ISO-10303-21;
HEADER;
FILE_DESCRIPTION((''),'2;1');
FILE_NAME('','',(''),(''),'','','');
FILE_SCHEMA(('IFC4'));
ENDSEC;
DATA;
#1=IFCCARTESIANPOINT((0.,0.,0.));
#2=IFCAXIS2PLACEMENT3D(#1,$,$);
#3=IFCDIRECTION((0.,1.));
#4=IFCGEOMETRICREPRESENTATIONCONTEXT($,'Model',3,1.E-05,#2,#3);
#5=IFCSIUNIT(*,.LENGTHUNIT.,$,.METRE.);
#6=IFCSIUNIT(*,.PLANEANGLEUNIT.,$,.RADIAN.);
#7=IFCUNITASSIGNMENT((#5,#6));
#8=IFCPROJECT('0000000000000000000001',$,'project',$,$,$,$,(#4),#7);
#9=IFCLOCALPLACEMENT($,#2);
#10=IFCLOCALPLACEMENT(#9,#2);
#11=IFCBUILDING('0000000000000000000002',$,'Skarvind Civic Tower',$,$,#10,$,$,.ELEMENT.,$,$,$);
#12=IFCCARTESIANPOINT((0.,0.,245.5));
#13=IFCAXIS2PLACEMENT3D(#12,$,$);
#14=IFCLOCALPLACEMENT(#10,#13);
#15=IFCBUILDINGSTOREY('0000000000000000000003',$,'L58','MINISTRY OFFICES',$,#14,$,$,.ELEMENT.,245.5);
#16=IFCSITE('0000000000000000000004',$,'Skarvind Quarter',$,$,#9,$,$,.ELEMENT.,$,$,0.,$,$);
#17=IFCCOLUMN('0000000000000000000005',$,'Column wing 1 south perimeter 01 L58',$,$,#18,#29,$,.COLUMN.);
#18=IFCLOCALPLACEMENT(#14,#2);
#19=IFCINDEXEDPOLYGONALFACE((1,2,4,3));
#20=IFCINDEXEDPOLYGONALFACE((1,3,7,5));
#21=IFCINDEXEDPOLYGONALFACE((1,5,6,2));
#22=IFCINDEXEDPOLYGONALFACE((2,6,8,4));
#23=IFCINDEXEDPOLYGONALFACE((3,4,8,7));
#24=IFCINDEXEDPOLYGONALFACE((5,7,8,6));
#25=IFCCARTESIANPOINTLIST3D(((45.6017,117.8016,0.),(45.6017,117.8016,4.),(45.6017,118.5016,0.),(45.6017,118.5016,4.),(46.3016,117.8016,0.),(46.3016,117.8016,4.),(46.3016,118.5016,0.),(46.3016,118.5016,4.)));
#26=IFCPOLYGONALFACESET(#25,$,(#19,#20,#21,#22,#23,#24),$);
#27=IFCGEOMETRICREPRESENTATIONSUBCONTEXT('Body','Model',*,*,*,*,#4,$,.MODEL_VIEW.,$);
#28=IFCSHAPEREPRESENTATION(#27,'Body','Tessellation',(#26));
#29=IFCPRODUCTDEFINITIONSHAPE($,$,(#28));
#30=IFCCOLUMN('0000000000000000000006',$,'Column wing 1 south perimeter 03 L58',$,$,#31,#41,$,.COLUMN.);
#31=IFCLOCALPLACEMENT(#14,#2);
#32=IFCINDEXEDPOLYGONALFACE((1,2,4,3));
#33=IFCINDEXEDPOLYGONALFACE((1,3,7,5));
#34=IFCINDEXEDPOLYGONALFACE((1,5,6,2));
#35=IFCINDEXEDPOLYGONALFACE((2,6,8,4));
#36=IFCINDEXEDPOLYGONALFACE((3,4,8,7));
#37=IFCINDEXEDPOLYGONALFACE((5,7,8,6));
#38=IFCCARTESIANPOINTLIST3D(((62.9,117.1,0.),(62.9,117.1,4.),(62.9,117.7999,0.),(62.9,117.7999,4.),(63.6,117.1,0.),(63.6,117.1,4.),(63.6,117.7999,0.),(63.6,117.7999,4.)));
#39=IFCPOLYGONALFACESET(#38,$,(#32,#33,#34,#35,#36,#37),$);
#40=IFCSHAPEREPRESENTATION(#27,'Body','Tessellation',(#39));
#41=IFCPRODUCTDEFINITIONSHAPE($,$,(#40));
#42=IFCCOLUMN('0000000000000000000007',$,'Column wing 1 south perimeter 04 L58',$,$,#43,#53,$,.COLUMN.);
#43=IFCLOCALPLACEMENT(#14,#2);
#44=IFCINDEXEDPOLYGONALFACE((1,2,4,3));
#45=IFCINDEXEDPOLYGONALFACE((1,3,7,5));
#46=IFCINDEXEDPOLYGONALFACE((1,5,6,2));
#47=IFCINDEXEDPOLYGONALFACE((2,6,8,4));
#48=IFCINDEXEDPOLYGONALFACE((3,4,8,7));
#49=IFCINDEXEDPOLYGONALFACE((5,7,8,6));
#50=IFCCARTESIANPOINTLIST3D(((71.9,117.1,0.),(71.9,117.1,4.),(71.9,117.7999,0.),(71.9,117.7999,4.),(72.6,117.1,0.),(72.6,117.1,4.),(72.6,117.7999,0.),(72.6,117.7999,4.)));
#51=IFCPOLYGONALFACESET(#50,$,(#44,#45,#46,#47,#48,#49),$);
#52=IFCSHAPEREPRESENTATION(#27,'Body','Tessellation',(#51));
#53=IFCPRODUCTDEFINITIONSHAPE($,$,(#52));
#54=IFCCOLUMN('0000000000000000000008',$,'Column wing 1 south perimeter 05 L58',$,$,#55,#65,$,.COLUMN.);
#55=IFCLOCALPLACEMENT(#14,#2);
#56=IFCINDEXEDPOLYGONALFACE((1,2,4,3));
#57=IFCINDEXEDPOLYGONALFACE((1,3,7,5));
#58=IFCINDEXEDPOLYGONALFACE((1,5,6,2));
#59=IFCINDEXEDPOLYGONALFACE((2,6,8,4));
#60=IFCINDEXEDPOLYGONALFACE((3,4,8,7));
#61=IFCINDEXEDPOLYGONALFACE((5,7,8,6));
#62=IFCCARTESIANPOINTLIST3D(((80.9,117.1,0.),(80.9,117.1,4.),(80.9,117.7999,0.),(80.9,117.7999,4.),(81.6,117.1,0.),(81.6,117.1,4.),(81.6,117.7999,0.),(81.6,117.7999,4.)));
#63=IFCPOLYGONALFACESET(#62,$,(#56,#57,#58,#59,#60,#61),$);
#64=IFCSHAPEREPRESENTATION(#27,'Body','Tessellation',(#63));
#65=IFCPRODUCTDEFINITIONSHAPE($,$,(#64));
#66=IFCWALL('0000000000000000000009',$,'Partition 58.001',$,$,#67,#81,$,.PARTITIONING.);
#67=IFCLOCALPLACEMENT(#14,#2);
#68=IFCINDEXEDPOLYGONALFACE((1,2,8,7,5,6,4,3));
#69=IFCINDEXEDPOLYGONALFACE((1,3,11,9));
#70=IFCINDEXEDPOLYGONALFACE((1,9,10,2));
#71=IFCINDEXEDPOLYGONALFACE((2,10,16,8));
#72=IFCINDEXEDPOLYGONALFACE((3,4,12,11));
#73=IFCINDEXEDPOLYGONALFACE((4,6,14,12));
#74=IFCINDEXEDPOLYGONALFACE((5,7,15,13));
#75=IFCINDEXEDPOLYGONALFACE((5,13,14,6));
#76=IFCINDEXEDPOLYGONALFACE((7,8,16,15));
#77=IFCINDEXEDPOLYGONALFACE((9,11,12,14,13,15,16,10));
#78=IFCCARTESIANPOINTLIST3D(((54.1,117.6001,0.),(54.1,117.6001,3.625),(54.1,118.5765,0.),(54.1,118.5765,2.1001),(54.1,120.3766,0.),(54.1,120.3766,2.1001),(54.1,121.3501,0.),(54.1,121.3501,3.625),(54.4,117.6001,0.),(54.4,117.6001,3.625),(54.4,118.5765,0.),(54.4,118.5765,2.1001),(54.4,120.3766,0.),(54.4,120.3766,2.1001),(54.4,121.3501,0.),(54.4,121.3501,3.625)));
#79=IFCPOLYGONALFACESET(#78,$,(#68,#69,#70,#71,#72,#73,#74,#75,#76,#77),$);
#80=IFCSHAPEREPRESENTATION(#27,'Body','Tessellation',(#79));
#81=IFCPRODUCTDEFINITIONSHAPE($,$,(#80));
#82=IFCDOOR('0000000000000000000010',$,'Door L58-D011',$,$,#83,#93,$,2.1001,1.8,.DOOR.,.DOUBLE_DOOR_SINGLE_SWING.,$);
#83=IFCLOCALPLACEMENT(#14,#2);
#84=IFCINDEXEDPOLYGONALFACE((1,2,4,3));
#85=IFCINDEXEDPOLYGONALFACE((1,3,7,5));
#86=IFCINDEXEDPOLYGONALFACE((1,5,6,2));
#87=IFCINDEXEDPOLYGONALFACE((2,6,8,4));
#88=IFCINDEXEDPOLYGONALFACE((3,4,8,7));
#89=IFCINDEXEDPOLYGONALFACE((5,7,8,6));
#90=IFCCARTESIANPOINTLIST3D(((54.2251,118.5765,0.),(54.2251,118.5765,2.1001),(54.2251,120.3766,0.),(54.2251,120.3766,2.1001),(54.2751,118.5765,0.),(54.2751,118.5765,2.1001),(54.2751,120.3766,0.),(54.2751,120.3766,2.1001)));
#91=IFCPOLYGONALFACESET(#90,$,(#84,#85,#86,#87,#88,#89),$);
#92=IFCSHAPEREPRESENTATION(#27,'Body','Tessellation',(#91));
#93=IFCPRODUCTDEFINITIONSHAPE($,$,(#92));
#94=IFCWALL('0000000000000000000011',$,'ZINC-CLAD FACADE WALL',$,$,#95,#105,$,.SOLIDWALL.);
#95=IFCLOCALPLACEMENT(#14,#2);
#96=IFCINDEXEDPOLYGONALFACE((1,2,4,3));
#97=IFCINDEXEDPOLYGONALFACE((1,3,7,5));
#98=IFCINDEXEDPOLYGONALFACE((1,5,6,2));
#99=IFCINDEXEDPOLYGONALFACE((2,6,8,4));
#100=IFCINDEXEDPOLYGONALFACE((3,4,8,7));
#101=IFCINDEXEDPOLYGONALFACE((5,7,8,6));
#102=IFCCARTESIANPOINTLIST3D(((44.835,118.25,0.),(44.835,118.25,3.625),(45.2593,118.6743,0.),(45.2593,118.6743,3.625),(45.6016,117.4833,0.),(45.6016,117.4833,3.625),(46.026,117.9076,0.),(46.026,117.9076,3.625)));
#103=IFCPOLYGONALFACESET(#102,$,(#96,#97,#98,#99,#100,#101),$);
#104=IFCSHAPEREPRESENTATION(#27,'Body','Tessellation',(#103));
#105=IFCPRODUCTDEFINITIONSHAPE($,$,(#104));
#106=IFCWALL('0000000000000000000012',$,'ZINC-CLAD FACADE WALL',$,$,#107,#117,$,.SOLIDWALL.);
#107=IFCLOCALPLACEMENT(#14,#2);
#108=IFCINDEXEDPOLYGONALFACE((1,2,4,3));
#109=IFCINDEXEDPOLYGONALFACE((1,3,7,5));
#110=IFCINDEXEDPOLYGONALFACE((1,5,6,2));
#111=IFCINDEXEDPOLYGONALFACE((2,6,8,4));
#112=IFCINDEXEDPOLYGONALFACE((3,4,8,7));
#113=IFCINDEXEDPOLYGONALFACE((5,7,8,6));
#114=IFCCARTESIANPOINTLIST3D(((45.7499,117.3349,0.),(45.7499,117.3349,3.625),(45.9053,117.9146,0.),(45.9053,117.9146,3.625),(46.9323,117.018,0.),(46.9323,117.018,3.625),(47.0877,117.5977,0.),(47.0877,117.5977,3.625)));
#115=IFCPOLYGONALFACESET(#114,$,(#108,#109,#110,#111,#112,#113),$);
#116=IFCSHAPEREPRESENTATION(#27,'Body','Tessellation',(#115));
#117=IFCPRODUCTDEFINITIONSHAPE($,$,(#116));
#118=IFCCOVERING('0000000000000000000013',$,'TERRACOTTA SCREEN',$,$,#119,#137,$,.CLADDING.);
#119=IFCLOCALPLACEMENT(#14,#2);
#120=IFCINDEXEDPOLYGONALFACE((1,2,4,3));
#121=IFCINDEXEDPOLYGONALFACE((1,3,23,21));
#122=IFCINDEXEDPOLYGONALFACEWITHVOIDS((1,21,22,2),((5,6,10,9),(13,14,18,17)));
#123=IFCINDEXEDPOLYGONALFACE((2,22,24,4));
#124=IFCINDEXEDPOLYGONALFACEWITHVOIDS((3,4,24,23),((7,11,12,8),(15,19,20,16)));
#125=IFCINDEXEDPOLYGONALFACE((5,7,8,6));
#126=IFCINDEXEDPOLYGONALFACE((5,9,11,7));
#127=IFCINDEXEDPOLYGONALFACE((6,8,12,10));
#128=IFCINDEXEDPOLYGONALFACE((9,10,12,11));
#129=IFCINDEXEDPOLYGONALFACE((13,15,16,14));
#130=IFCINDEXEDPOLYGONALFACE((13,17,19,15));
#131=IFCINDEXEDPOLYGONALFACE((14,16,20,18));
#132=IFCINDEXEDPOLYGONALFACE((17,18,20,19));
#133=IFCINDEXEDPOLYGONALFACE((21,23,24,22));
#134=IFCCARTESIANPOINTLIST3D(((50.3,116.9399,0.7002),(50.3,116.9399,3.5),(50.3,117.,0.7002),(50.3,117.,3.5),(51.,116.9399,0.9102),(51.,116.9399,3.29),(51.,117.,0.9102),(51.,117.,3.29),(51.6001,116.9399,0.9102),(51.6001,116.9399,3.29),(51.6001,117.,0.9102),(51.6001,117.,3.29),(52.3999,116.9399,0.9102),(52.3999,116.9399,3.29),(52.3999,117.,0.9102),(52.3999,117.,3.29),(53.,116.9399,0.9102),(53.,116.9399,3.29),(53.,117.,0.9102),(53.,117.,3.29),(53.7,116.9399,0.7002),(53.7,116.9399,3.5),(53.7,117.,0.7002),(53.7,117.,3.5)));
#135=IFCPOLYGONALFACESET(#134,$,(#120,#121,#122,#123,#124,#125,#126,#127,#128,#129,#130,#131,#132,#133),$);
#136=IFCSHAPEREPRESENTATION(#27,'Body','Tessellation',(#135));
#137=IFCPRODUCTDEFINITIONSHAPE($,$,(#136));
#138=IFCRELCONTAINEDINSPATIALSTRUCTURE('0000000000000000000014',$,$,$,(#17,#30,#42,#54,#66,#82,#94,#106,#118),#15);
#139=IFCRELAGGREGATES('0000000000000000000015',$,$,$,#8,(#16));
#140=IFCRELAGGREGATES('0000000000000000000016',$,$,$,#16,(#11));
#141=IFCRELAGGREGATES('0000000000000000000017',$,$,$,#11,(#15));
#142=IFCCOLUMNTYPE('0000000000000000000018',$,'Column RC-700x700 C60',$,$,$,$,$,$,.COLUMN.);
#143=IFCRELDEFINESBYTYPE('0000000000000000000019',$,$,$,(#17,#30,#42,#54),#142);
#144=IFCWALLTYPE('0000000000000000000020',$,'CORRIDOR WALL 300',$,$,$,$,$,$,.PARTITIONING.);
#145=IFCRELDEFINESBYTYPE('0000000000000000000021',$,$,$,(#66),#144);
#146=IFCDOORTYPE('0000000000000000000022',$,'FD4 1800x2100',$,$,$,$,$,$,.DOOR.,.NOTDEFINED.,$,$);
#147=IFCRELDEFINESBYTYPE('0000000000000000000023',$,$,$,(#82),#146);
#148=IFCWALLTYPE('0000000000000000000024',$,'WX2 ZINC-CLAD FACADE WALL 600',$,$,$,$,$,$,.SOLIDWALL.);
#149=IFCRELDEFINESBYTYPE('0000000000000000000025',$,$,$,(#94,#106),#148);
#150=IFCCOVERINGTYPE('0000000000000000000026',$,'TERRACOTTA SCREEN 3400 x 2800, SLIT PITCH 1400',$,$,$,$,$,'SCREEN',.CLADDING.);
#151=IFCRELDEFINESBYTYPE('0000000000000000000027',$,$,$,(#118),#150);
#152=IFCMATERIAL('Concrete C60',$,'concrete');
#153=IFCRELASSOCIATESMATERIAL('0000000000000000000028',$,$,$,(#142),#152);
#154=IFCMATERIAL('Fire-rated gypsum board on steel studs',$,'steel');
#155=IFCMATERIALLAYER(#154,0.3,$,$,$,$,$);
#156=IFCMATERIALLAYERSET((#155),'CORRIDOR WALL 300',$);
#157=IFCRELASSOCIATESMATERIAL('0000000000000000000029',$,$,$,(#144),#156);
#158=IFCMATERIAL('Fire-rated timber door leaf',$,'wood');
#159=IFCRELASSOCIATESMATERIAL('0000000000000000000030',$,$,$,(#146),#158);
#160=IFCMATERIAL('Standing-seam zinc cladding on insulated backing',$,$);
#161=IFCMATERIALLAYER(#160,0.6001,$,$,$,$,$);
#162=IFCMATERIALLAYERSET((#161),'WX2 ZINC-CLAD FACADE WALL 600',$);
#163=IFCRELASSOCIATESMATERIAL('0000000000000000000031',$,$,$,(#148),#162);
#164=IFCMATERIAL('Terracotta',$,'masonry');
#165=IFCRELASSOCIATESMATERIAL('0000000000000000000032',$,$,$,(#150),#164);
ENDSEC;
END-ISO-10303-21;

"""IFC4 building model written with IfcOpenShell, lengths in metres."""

from ifc_helpers import new_model, si_unit, direction, frame, frame_2d, origin, origin_2d, place, context, subcontext, project, spatial, polyline, rectangle, outline, extrude, material, layer, layer_set, material_profile, profile_set, type_object, element, fill, save


model = new_model("IFC4")

# Units and contexts
model_context = context("Model", 3, precision=1e-05, world=origin(), true_north=direction((0.0, 1.0)))
body_context = subcontext(model_context, "Body", "Model", "MODEL_VIEW")
ifc_project = project(units=[si_unit("LENGTHUNIT", "METRE"), si_unit("PLANEANGLEUNIT", "RADIAN")], contexts=[model_context])

# Site, building, storey
site_placement = place(None, origin())
site = spatial("IfcSite", under=ifc_project, at=site_placement, Name="Skarvind Quarter", CompositionType="ELEMENT", RefElevation=0.0)
building_placement = place(site_placement, origin())
building = spatial("IfcBuilding", under=site, at=building_placement, Name="Skarvind Civic Tower", CompositionType="ELEMENT")
storey_placement = place(building_placement, frame((0.0, 0.0, 245.5)))
storey = spatial("IfcBuildingStorey", under=building, at=storey_placement, Name="L58", Description="MINISTRY OFFICES", CompositionType="ELEMENT", Elevation=245.5)

# Columns
ifc_material_1 = material(Name="Concrete C60", Category="concrete")
ifc_material_profile_1 = material_profile(ifc_material_1, rectangle(XDim=0.7, YDim=0.7, at=origin_2d()), Name="RC-700x700")
ifc_profile_set_1 = profile_set([ifc_material_profile_1], Name="Concrete C60")
column_type = type_object("IfcColumnType", Name="Column RC-700x700 C60", PredefinedType="COLUMN", material=ifc_profile_set_1)
for number, where, z_axis, x_axis, name in (
    (1, (45.9517, 118.1516, 0.0), (0.0, 0.0, 1.0), (1.0, 0.0, 0.0), "Column wing 1 south perimeter 01 L58"),
    (2, (63.25, 117.45, 0.0), (0.0, 0.0, 1.0), (1.0, 0.0, 0.0), "Column wing 1 south perimeter 03 L58"),
    (3, (72.25, 117.45, 0.0), (0.0, 0.0, 1.0), (1.0, 0.0, 0.0), "Column wing 1 south perimeter 04 L58"),
    (4, (81.25, 117.45, 0.0), (0.0, 0.0, 1.0), (1.0, 0.0, 0.0), "Column wing 1 south perimeter 05 L58"),
):
    element("IfcColumn", number, at=place(storey_placement, frame(where, z_axis=z_axis, x_axis=x_axis)), inside=storey, type_object=column_type, Name=name, PredefinedType="COLUMN", context=body_context, shape_type="SweptSolid", body=[
        extrude(rectangle(XDim=0.7, YDim=0.7, at=origin_2d()), origin(), (0.0, 0.0, 1.0), 4.0),
    ])

# Wall, opening, door
ifc_material_2 = material(Name="Fire-rated gypsum board on steel studs", Category="steel")
ifc_layer_1 = layer(ifc_material_2, 0.3)
ifc_layer_set_1 = layer_set([ifc_layer_1], Name="CORRIDOR WALL 300")
wall_type_1 = type_object("IfcWallType", Name="CORRIDOR WALL 300", PredefinedType="PARTITIONING", material=ifc_layer_set_1)
wall_1_placement = place(storey_placement, frame((54.25, 117.6001, 0.0), z_axis=(0.0, 0.0, 1.0), x_axis=(0.0, 1.0, 0.0)))
wall_1 = element("IfcWall", 5, at=wall_1_placement, inside=storey, type_object=wall_type_1, Name="Partition 58.001", PredefinedType="PARTITIONING", context=body_context, shape_type="SweptSolid", body=[
    extrude(rectangle(XDim=3.75, YDim=0.3, at=frame_2d((1.875, 0.0))), origin(), (0.0, 0.0, 1.0), 3.625),
])
opening_placement = place(wall_1_placement, frame((0.9766, 0.0, 0.0)))
opening = element("IfcOpeningElement", 6, at=opening_placement, cuts=wall_1, PredefinedType="OPENING", context=body_context, shape_type="SweptSolid", body=[
    extrude(rectangle(XDim=1.8, YDim=2.1001, at=frame_2d((0.8999, 1.05))), frame((0.0, 0.1599, 0.0), z_axis=(0.0, -1.0, 0.0), x_axis=(1.0, 0.0, 0.0)), (0.0, 0.0, 1.0), 0.3201),
])
ifc_material_3 = material(Name="Fire-rated timber door leaf", Category="wood")
door_type = type_object("IfcDoorType", Name="FD4 1800x2100", OperationType="NOTDEFINED", PredefinedType="DOOR", material=ifc_material_3)
door_placement = place(opening_placement, origin())
door = element("IfcDoor", 7, at=door_placement, inside=storey, type_object=door_type, Name="Door L58-D011", OperationType="DOUBLE_DOOR_SINGLE_SWING", OverallHeight=2.1001, OverallWidth=1.8, PredefinedType="DOOR", context=body_context, shape_type="SweptSolid", body=[
    extrude(rectangle(XDim=1.8, YDim=2.1001, at=frame_2d((0.8999, 1.05))), frame((0.0, 0.0249, 0.0), z_axis=(0.0, -1.0, 0.0), x_axis=(1.0, 0.0, 0.0)), (0.0, 0.0, 1.0), 0.05),
])
fill(opening, door)

# Walls
ifc_material_4 = material(Name="Standing-seam zinc cladding on insulated backing")
ifc_layer_2 = layer(ifc_material_4, 0.6001)
ifc_layer_set_2 = layer_set([ifc_layer_2], Name="WX2 ZINC-CLAD FACADE WALL 600")
wall_type_2 = type_object("IfcWallType", Name="WX2 ZINC-CLAD FACADE WALL 600", PredefinedType="SOLIDWALL", material=ifc_layer_set_2)
wall_2_placement = place(storey_placement, frame((45.8137, 117.6956, 0.0), z_axis=(0.0, 0.0, 1.0), x_axis=(-0.707107, 0.707107, 0.0)))
element("IfcWall", 8, at=wall_2_placement, inside=storey, type_object=wall_type_2, Name="ZINC-CLAD FACADE WALL", PredefinedType="SOLIDWALL", context=body_context, shape_type="SweptSolid", body=[
    extrude(rectangle(XDim=1.0842, YDim=0.6001, at=frame_2d((0.542, 0.0))), origin(), (0.0, 0.0, 1.0), 3.625),
])
wall_3_placement = place(storey_placement, frame((47.01, 117.3079, 0.0), z_axis=(0.0, 0.0, 1.0), x_axis=(-0.96591, 0.258879, 0.0)))
element("IfcWall", 9, at=wall_3_placement, inside=storey, type_object=wall_type_2, Name="ZINC-CLAD FACADE WALL", PredefinedType="SOLIDWALL", context=body_context, shape_type="SweptSolid", body=[
    extrude(rectangle(XDim=1.2241, YDim=0.6001, at=frame_2d((0.6121, 0.0))), origin(), (0.0, 0.0, 1.0), 3.625),
])

# Covering
ifc_material_5 = material(Name="Terracotta", Category="masonry")
ifc_material_profile_2 = material_profile(ifc_material_5, outline(polyline([(-1.7, -1.3999), (1.7, -1.3999), (1.7, 1.3999), (-1.7, 1.3999), (-1.7, -1.3999)]), holes=[polyline([(-1.0, -1.1899), (-0.3999, -1.1899), (-0.3999, 1.1899), (-1.0, 1.1899), (-1.0, -1.1899)]), polyline([(0.3999, -1.1899), (1.0, -1.1899), (1.0, 1.1899), (0.3999, 1.1899), (0.3999, -1.1899)])]), Name="TERRACOTTA SCREEN 3400 x 2800, SLIT PITCH 1400")
ifc_profile_set_2 = profile_set([ifc_material_profile_2], Name="Terracotta")
covering_type = type_object("IfcCoveringType", Name="TERRACOTTA SCREEN 3400 x 2800, SLIT PITCH 1400", ElementType="SCREEN", PredefinedType="CLADDING", material=ifc_profile_set_2)
covering_placement = place(storey_placement, frame((52.0, 117.0, 2.1001), z_axis=(0.0, -1.0, 0.0), x_axis=(1.0, 0.0, 0.0)))
element("IfcCovering", 10, at=covering_placement, inside=storey, type_object=covering_type, Name="TERRACOTTA SCREEN", PredefinedType="CLADDING", context=body_context, shape_type="SweptSolid", body=[
    extrude(outline(polyline([(-1.7, -1.3999), (1.7, -1.3999), (1.7, 1.3999), (-1.7, 1.3999), (-1.7, -1.3999)]), holes=[polyline([(-1.0, -1.1899), (-0.3999, -1.1899), (-0.3999, 1.1899), (-1.0, 1.1899), (-1.0, -1.1899)]), polyline([(0.3999, -1.1899), (1.0, -1.1899), (1.0, 1.1899), (0.3999, 1.1899), (0.3999, -1.1899)])]), origin(), (0.0, 0.0, 1.0), 0.0601),
])

save(model, "model.ifc")
